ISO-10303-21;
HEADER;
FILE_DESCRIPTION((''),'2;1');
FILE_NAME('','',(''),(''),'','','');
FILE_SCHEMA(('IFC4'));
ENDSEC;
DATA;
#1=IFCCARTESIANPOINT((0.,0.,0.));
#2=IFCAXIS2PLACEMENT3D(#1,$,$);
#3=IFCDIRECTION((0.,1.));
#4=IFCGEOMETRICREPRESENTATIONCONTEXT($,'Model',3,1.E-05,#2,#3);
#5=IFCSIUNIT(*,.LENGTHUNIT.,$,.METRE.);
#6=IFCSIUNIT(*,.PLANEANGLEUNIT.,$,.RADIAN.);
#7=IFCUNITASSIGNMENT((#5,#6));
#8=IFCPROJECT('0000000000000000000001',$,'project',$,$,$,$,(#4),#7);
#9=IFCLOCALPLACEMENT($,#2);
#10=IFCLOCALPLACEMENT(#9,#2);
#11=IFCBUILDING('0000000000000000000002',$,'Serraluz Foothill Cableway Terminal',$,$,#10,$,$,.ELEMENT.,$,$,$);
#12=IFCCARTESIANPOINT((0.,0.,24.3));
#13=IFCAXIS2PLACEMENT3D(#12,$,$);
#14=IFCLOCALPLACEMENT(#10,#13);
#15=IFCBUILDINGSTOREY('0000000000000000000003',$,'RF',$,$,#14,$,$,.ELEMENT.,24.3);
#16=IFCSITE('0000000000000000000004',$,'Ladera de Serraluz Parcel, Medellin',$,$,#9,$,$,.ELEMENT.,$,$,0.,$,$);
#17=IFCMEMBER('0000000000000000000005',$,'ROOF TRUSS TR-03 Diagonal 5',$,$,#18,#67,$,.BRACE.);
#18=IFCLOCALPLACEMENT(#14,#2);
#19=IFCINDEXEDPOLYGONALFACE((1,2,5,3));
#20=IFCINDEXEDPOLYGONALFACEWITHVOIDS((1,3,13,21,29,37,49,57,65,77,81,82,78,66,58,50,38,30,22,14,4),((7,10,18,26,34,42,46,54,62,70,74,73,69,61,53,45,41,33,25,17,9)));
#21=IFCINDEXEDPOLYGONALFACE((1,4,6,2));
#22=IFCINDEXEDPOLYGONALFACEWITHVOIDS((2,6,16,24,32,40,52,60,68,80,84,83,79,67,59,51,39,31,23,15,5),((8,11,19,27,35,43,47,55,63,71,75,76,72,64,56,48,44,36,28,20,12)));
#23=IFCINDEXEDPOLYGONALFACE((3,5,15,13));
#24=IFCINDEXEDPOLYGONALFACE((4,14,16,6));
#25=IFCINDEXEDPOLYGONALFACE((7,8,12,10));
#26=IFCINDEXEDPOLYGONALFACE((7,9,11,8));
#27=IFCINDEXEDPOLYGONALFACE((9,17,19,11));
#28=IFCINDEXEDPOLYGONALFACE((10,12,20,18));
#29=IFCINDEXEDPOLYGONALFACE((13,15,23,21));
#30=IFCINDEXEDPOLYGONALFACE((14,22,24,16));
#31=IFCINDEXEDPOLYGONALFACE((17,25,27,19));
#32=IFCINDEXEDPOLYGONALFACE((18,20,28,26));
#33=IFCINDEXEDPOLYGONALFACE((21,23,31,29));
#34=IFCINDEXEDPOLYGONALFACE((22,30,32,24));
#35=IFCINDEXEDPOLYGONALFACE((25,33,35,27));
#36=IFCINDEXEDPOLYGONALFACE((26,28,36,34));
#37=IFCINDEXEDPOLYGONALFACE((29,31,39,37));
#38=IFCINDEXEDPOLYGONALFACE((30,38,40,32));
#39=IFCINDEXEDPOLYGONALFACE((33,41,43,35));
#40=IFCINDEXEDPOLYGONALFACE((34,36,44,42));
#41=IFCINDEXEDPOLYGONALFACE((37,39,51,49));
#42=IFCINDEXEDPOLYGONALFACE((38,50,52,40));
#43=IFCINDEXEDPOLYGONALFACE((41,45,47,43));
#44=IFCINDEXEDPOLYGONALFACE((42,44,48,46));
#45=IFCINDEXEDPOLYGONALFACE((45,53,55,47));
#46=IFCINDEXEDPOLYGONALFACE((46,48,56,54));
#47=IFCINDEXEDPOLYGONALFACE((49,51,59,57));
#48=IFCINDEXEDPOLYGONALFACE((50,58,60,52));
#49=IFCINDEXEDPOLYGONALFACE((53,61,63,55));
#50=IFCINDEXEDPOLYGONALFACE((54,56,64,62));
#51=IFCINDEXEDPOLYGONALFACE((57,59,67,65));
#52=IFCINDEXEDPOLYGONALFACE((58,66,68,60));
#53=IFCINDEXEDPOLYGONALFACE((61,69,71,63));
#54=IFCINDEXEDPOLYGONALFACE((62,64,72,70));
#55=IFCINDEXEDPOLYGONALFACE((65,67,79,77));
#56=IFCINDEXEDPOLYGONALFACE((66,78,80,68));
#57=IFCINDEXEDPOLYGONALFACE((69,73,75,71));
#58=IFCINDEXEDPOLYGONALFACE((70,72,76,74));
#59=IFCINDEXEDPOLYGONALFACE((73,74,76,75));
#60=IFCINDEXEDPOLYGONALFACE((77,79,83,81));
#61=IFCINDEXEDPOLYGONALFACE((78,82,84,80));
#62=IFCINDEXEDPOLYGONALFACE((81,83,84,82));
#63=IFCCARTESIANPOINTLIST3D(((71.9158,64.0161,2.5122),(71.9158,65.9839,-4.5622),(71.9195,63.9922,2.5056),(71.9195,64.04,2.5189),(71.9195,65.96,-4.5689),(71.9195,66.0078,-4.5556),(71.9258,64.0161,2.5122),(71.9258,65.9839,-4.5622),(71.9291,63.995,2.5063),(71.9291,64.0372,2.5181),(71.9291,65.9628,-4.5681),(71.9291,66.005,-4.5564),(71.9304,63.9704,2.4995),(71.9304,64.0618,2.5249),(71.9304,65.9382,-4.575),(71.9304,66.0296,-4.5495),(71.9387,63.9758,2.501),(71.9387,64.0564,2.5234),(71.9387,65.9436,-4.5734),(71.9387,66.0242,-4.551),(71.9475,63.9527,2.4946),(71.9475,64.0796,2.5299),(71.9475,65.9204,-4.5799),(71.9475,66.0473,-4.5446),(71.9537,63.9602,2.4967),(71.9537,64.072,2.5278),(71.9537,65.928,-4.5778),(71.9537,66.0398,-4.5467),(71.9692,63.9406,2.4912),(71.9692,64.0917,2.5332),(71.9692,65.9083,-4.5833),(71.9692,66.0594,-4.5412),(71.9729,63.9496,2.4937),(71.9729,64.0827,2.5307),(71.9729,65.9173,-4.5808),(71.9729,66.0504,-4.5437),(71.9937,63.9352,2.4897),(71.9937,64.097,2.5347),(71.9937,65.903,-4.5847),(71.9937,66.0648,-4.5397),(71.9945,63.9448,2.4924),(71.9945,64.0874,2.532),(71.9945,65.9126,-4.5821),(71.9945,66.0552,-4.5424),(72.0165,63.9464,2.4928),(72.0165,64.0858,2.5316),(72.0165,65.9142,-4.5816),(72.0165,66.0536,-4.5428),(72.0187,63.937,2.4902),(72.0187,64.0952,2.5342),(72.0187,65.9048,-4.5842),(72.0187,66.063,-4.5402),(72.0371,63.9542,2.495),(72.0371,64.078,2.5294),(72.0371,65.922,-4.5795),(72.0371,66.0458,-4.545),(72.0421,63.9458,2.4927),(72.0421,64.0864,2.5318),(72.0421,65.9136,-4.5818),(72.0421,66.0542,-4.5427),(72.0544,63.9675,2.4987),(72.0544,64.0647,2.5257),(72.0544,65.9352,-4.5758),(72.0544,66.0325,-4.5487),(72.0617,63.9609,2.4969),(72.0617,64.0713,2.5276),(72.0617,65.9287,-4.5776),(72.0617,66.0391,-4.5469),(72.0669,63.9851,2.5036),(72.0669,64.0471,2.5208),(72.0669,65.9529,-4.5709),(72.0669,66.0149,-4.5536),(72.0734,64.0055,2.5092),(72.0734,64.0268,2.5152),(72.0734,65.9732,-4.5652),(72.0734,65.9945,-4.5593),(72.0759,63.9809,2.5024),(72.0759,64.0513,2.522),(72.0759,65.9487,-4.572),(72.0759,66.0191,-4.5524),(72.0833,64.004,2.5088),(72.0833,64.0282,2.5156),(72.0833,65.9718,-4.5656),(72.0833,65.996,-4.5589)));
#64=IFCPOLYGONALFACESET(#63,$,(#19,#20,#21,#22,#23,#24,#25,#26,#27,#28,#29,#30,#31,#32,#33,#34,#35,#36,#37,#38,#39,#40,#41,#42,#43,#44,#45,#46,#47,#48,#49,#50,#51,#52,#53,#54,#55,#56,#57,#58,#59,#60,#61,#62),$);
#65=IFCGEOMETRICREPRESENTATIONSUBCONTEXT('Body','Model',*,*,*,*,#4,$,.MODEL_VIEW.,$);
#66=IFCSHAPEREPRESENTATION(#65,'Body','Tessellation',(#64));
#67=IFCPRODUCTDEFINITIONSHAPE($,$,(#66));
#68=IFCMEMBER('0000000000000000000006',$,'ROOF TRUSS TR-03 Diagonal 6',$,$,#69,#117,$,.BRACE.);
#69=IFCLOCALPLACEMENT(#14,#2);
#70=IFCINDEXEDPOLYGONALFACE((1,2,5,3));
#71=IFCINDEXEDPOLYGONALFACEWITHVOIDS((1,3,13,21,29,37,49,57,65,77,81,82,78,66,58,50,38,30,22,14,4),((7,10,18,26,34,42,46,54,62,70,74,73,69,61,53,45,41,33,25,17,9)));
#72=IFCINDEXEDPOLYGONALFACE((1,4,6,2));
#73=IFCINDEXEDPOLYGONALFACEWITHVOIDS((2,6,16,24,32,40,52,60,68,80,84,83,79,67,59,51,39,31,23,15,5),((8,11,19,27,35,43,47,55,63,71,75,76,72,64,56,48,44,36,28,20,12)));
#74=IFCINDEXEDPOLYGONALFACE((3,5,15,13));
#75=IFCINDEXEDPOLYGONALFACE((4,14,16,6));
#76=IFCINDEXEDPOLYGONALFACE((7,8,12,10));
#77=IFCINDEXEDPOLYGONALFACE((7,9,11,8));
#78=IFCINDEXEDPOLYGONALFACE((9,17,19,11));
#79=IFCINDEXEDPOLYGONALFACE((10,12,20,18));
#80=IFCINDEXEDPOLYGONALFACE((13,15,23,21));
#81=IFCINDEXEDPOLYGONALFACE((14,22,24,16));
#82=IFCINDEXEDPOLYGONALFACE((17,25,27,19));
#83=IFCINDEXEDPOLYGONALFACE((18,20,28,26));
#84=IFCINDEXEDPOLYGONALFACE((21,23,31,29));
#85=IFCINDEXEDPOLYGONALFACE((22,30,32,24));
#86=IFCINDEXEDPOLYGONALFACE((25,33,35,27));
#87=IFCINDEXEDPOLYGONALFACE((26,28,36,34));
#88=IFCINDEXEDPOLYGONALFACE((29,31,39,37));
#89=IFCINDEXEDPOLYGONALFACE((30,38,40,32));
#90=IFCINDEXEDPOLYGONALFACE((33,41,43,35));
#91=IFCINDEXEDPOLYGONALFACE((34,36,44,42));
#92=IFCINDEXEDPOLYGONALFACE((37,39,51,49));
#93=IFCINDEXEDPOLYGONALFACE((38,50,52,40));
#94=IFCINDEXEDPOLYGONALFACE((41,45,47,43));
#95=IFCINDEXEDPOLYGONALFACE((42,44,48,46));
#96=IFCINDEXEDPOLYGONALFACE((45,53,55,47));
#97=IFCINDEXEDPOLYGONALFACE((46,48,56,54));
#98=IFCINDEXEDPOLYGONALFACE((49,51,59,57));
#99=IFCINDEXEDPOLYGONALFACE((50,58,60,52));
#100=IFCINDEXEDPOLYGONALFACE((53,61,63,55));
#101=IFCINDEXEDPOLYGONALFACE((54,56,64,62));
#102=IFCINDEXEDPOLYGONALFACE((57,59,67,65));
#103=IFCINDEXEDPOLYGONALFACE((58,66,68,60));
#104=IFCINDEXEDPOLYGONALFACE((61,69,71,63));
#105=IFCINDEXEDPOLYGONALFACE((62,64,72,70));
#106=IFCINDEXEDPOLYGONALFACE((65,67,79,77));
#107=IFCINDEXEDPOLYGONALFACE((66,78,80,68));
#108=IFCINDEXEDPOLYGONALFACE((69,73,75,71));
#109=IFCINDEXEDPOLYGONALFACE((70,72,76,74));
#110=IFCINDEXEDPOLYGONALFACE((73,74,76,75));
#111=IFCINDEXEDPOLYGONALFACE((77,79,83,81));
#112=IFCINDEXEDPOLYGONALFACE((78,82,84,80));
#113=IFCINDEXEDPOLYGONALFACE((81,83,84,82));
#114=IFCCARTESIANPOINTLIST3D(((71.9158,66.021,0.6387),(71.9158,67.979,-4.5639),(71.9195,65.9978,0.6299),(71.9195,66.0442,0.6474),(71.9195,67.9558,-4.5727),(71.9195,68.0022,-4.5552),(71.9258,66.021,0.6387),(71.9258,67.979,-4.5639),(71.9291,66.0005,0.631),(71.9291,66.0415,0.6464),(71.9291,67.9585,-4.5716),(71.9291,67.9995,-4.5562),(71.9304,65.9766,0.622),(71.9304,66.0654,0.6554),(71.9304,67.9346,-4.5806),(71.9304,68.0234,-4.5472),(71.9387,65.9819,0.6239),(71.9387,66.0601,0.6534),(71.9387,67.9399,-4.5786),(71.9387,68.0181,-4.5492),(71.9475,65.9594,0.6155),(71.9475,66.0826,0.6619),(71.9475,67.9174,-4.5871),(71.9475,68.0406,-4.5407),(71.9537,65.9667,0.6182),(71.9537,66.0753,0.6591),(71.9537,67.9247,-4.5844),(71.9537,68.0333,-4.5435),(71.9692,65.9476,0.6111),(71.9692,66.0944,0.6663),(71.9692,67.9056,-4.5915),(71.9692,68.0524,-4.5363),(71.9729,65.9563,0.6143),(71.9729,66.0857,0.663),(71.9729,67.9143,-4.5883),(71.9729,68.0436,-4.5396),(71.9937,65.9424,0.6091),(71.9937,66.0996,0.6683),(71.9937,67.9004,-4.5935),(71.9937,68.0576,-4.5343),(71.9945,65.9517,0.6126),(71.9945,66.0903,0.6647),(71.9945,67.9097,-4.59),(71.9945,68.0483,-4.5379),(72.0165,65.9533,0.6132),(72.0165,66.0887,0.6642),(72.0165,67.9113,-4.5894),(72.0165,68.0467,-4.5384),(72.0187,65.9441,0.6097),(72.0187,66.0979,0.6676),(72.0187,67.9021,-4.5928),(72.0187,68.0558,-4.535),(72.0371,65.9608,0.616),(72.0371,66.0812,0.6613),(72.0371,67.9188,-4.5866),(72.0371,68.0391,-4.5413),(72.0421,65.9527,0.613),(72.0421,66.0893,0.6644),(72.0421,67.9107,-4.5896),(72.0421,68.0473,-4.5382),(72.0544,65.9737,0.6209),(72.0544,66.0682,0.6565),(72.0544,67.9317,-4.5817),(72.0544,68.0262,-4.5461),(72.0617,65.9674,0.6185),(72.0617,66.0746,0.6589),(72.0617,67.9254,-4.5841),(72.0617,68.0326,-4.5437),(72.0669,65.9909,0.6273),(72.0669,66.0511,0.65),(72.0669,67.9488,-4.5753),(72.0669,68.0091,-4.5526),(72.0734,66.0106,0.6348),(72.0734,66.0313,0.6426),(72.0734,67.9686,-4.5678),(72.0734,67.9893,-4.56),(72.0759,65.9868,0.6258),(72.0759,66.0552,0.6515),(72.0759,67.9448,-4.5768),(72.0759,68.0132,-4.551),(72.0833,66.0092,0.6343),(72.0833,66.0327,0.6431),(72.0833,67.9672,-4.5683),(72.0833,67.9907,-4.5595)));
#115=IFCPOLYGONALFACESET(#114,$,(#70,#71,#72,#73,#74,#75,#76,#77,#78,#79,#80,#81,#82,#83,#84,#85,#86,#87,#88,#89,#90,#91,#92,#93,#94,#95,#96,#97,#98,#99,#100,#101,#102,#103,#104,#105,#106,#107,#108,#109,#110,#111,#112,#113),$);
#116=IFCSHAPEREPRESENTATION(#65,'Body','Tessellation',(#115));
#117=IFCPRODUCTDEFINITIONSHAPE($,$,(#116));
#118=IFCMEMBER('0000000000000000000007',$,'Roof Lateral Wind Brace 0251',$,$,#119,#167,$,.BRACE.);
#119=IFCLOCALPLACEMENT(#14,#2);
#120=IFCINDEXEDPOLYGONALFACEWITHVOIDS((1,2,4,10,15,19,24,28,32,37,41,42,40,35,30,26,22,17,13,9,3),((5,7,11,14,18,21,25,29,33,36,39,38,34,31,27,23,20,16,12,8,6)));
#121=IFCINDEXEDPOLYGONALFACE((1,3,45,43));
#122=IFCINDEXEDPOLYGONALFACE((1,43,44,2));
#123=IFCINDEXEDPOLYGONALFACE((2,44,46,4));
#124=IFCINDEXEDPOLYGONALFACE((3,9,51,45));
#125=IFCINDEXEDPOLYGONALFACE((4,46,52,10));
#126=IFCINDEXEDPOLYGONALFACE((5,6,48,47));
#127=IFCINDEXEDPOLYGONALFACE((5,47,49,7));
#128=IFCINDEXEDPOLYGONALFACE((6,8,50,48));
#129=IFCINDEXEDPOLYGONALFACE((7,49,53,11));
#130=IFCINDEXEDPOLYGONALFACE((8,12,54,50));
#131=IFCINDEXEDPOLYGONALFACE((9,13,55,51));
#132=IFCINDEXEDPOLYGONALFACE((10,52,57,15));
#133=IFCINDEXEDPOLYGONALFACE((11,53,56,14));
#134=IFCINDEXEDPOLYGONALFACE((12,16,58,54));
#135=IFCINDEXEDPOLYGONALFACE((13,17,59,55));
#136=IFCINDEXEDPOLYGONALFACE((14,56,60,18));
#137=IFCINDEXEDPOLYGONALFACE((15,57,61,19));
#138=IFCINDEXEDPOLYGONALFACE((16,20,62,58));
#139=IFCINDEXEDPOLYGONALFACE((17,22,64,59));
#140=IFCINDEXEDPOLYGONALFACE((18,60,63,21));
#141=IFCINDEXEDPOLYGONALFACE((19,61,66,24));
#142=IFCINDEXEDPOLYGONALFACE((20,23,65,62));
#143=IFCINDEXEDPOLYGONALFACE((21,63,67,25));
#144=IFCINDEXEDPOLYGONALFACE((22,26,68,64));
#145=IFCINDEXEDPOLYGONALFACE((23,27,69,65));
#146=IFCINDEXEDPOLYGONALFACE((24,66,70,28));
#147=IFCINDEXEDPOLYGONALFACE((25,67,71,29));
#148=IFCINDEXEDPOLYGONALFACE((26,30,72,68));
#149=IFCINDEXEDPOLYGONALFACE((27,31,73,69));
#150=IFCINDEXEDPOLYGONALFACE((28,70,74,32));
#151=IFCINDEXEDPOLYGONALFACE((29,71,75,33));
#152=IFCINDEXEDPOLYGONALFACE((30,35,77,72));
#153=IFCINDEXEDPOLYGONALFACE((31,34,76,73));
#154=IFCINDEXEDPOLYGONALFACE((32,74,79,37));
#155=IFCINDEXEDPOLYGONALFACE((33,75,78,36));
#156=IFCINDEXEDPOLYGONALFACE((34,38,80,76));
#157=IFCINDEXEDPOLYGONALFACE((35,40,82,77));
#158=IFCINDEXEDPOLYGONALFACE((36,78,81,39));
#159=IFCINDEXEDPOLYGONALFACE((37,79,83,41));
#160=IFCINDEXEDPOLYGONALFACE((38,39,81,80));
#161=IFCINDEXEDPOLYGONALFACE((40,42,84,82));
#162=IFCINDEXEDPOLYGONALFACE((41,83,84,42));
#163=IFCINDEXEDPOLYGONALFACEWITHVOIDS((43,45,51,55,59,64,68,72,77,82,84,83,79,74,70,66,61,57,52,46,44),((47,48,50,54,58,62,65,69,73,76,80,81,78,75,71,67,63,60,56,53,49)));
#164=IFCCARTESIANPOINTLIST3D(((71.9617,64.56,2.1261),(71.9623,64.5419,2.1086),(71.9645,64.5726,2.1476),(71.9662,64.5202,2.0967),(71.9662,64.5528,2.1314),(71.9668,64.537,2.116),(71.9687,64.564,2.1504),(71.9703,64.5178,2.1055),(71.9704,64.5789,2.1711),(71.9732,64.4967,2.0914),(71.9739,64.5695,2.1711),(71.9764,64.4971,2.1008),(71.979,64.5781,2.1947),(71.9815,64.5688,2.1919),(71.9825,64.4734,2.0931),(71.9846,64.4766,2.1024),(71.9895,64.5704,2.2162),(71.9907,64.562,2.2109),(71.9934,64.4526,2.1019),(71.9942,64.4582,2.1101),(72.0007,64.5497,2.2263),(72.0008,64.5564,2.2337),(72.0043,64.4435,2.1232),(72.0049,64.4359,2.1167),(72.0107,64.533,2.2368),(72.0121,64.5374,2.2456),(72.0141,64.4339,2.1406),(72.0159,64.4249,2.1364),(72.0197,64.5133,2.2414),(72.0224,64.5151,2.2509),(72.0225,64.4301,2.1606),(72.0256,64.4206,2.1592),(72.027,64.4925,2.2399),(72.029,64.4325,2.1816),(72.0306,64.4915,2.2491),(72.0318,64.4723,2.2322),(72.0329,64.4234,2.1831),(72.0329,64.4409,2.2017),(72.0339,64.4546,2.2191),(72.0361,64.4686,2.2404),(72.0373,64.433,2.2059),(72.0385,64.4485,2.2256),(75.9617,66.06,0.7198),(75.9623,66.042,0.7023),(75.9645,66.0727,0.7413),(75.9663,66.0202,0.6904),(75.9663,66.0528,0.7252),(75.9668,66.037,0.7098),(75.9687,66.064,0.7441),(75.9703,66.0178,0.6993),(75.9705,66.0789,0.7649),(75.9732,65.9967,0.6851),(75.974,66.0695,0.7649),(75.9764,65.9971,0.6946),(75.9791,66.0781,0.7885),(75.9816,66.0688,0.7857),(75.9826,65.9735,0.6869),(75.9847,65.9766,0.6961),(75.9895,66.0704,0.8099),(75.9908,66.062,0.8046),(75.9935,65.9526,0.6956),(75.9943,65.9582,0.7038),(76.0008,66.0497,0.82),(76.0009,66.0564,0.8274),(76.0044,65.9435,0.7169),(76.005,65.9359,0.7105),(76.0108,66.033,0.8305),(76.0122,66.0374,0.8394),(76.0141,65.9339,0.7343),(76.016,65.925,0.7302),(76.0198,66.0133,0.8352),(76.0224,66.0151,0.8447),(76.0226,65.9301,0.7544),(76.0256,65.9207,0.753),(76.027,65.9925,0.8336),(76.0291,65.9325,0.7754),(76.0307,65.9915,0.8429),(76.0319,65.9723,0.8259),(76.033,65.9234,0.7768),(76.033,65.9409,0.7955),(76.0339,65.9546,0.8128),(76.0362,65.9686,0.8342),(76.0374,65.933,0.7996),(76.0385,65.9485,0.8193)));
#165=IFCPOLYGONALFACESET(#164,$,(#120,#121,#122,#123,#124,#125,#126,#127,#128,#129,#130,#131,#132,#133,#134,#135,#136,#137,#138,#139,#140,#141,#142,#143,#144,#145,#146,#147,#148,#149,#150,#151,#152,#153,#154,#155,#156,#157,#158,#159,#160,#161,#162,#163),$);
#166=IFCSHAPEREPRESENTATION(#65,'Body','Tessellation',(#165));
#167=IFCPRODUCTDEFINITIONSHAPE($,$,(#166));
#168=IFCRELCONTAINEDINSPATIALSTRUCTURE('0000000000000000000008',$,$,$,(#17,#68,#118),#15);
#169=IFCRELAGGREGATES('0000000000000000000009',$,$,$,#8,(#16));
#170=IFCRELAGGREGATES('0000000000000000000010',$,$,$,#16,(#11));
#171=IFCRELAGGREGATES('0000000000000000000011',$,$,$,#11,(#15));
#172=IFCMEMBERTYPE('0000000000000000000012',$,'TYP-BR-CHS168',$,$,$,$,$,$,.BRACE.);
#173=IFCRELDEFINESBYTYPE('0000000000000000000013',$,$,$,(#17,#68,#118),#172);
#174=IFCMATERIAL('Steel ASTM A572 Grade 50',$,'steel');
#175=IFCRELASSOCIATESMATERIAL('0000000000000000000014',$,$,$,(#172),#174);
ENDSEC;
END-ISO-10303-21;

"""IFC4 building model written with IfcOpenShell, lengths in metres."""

from ifc_helpers import new_model, si_unit, direction, frame, origin, origin_2d, place, context, subcontext, project, spatial, hollow_circle, extrude, material, material_profile, profile_set, type_object, element, save


model = new_model("IFC4")

# Units and contexts
model_context = context("Model", 3, precision=1e-05, world=origin(), true_north=direction((0.0, 1.0)))
body_context = subcontext(model_context, "Body", "Model", "MODEL_VIEW")
ifc_project = project(units=[si_unit("LENGTHUNIT", "METRE"), si_unit("PLANEANGLEUNIT", "RADIAN")], contexts=[model_context])

# Site, building, storey
site_placement = place(None, origin())
site = spatial("IfcSite", under=ifc_project, at=site_placement, Name="Ladera de Serraluz Parcel, Medellin", CompositionType="ELEMENT", RefElevation=0.0)
building_placement = place(site_placement, origin())
building = spatial("IfcBuilding", under=site, at=building_placement, Name="Serraluz Foothill Cableway Terminal", CompositionType="ELEMENT")
storey_placement = place(building_placement, frame((0.0, 0.0, 24.3)))
storey = spatial("IfcBuildingStorey", under=building, at=storey_placement, Name="RF", CompositionType="ELEMENT", Elevation=24.3)

# Members
ifc_material_1 = material(Name="Steel ASTM A572 Grade 50", Category="steel")
ifc_material_profile_1 = material_profile(ifc_material_1, hollow_circle(Radius=0.0842, WallThickness=0.01, at=origin_2d()), Name="CHS168X10")
ifc_profile_set_1 = profile_set([ifc_material_profile_1], Name="Steel ASTM A572 Grade 50")
member_type_1 = type_object("IfcMemberType", Name="TYP-BR-CHS168", PredefinedType="BRACE", material=ifc_profile_set_1)
member_1_placement = place(storey_placement, frame((72.0, 64.0161, 2.5122), z_axis=(0.0, 0.267978, -0.963425), x_axis=(-1.0, 0.0, 0.0)))
element("IfcMember", 1, at=member_1_placement, inside=storey, type_object=member_type_1, Name="ROOF TRUSS TR-03 Diagonal 5", PredefinedType="BRACE", context=body_context, shape_type="SweptSolid", body=[
    extrude(hollow_circle(Radius=0.0842, WallThickness=0.01, at=origin_2d()), origin(), (0.0, 0.0, 1.0), 7.343),
])
member_2_placement = place(storey_placement, frame((72.0, 66.021, 0.6387), z_axis=(0.0, 0.35223, -0.935913), x_axis=(-1.0, 0.0, 0.0)))
element("IfcMember", 2, at=member_2_placement, inside=storey, type_object=member_type_1, Name="ROOF TRUSS TR-03 Diagonal 6", PredefinedType="BRACE", context=body_context, shape_type="SweptSolid", body=[
    extrude(hollow_circle(Radius=0.0842, WallThickness=0.01, at=origin_2d()), origin(), (0.0, 0.0, 1.0), 5.5588),
])
for number, where, z_axis, x_axis, name in (
    (3, (72.0, 64.5, 2.1711), (0.889382, 0.333518, -0.312673), (-0.351123, 0.936329, 0.0), "Roof Lateral Wind Brace 0251"),
):
    element("IfcMember", number, at=place(storey_placement, frame(where, z_axis=z_axis, x_axis=x_axis)), inside=storey, type_object=member_type_1, Name=name, PredefinedType="BRACE", context=body_context, shape_type="SweptSolid", body=[
        extrude(hollow_circle(Radius=0.0842, WallThickness=0.01, at=origin_2d()), origin(), (0.0, 0.0, 1.0), 4.4976),
    ])

save(model, "model.ifc")
